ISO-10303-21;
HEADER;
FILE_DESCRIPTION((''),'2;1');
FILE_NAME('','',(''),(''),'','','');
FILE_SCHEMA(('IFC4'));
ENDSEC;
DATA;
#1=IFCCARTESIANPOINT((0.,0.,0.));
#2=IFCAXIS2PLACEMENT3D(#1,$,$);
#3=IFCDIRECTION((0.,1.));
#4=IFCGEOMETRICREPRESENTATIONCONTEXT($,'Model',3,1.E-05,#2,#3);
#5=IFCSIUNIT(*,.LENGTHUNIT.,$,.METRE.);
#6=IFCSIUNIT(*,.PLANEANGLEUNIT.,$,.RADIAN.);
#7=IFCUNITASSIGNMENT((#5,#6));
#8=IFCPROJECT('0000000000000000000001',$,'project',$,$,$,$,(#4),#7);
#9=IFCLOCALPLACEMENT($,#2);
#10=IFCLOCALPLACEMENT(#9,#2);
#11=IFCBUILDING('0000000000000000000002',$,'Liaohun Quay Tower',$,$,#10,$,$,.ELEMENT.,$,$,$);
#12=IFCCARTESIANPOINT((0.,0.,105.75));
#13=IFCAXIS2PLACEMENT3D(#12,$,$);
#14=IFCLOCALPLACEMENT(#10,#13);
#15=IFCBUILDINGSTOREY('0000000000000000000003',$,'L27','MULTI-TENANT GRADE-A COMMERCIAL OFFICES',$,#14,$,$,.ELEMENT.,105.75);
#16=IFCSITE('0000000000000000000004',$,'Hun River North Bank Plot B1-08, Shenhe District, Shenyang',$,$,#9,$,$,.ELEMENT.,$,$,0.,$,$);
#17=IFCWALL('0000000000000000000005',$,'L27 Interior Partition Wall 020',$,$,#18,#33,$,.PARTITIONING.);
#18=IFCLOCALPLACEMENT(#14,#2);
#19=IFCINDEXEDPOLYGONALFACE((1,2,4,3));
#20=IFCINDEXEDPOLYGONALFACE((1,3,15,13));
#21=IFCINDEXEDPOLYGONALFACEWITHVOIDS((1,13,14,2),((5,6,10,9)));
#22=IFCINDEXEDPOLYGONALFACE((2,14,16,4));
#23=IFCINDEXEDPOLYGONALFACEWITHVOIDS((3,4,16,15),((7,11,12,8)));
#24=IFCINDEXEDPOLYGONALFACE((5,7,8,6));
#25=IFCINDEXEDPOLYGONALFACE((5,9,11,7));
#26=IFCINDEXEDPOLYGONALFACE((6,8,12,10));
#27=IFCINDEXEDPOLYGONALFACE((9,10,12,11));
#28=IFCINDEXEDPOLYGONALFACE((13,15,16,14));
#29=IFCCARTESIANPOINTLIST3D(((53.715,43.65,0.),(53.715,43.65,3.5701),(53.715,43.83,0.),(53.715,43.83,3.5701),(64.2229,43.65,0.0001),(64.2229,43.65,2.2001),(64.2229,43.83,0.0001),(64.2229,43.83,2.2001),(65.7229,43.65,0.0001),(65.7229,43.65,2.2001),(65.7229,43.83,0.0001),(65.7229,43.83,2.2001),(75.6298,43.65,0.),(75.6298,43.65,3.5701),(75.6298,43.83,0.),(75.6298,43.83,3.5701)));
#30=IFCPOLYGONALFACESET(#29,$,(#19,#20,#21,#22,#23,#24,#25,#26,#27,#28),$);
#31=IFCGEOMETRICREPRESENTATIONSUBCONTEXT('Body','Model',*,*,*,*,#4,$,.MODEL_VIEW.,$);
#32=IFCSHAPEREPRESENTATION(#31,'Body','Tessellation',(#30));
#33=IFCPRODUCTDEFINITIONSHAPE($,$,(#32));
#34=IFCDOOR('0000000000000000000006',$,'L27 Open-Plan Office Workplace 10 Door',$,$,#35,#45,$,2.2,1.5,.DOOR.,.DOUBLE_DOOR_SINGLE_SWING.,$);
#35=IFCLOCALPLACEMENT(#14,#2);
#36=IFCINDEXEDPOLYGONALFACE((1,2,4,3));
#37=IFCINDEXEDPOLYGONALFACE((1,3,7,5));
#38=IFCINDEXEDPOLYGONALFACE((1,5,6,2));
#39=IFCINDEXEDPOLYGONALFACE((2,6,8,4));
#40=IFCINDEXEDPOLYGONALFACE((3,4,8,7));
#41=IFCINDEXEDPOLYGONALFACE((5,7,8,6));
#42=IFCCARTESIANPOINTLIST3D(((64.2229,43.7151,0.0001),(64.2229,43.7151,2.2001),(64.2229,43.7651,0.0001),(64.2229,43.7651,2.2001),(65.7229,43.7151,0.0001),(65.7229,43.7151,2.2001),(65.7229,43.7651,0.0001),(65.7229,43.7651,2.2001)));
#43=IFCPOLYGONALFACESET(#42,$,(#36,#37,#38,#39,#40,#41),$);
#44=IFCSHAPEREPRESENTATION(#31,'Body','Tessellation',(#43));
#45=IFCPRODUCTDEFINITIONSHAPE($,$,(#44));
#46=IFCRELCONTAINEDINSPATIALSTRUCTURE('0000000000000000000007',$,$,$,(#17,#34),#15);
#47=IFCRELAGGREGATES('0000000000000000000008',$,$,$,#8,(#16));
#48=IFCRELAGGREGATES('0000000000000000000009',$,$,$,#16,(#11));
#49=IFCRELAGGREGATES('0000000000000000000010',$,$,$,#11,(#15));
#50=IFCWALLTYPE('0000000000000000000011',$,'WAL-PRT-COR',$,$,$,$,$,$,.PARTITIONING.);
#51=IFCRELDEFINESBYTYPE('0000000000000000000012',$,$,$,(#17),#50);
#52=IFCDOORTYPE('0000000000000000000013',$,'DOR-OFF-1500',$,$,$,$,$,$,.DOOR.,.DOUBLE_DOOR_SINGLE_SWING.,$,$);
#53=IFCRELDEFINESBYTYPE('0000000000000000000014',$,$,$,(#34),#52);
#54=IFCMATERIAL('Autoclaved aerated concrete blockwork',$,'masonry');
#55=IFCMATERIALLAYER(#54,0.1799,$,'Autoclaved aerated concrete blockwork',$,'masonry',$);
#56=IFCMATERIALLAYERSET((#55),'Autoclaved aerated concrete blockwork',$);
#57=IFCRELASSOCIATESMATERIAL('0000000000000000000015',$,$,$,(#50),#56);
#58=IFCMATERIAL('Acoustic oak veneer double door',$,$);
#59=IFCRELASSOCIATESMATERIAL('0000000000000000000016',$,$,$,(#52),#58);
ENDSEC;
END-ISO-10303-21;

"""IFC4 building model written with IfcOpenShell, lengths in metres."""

from ifc_helpers import new_model, si_unit, direction, frame, frame_2d, origin, place, context, subcontext, project, spatial, rectangle, extrude, source, transform, mapped, material, layer, layer_set, type_object, element, fill, save


model = new_model("IFC4")

# Units and contexts
model_context = context("Model", 3, precision=1e-05, world=origin(), true_north=direction((0.0, 1.0)))
body_context = subcontext(model_context, "Body", "Model", "MODEL_VIEW")
ifc_project = project(units=[si_unit("LENGTHUNIT", "METRE"), si_unit("PLANEANGLEUNIT", "RADIAN")], contexts=[model_context])

# Site, building, storey
site_placement = place(None, origin())
site = spatial("IfcSite", under=ifc_project, at=site_placement, Name="Hun River North Bank Plot B1-08, Shenhe District, Shenyang", CompositionType="ELEMENT", RefElevation=0.0)
building_placement = place(site_placement, origin())
building = spatial("IfcBuilding", under=site, at=building_placement, Name="Liaohun Quay Tower", CompositionType="ELEMENT")
storey_placement = place(building_placement, frame((0.0, 0.0, 105.75)))
storey = spatial("IfcBuildingStorey", under=building, at=storey_placement, Name="L27", Description="MULTI-TENANT GRADE-A COMMERCIAL OFFICES", CompositionType="ELEMENT", Elevation=105.75)

# Wall, opening, door
ifc_material_1 = material(Name="Autoclaved aerated concrete blockwork", Category="masonry")
ifc_layer_1 = layer(ifc_material_1, 0.1799, Name="Autoclaved aerated concrete blockwork", Category="masonry")
ifc_layer_set_1 = layer_set([ifc_layer_1], Name="Autoclaved aerated concrete blockwork")
wall_type_1 = type_object("IfcWallType", Name="WAL-PRT-COR", PredefinedType="PARTITIONING", material=ifc_layer_set_1)
wall_1_placement = place(storey_placement, frame((75.6299, 43.74, 0.0), z_axis=(0.0, 0.0, 1.0), x_axis=(-1.0, 0.0, 0.0)))
wall_1 = element("IfcWall", 1, at=wall_1_placement, inside=storey, type_object=wall_type_1, Name="L27 Interior Partition Wall 020", PredefinedType="PARTITIONING", context=body_context, shape_type="SweptSolid", body=[
    extrude(rectangle(XDim=21.9148, YDim=0.1799, at=frame_2d((10.9575, 0.0))), origin(), (0.0, 0.0, 1.0), 3.5701),
])
shared_shape_1 = source(origin(), body_context, "Body", "SweptSolid", [
    extrude(rectangle(XDim=1.5, YDim=2.2, at=frame_2d((0.75, 1.1001))), frame((0.0, 0.0999, 0.0), z_axis=(0.0, -1.0, 0.0), x_axis=(1.0, 0.0, 0.0)), (0.0, 0.0, 1.0), 0.2),
])
opening_1_placement = place(wall_1_placement, frame((9.907, 0.0, 0.0)))
opening_1 = element("IfcOpeningElement", 2, at=opening_1_placement, cuts=wall_1, PredefinedType="OPENING", context=body_context, shape_type="MappedRepresentation", body=[
    mapped(shared_shape_1, transform((0.0, 0.0, 0.0), x_axis=(1.0, 0.0, 0.0), y_axis=(0.0, 1.0, 0.0), z_axis=(0.0, 0.0, 1.0), scale=1.0)),
])
ifc_material_2 = material(Name="Acoustic oak veneer double door")
door_type = type_object("IfcDoorType", Name="DOR-OFF-1500", OperationType="DOUBLE_DOOR_SINGLE_SWING", PredefinedType="DOOR", material=ifc_material_2)
shared_shape_2 = source(origin(), body_context, "Body", "SweptSolid", [
    extrude(rectangle(XDim=1.5, YDim=2.2, at=frame_2d((0.75, 1.1001))), frame((0.0, 0.0249, 0.0), z_axis=(0.0, -1.0, 0.0), x_axis=(1.0, 0.0, 0.0)), (0.0, 0.0, 1.0), 0.05),
])
door_placement = place(opening_1_placement, origin())
door = element("IfcDoor", 3, at=door_placement, inside=storey, type_object=door_type, Name="L27 Open-Plan Office Workplace 10 Door", OperationType="DOUBLE_DOOR_SINGLE_SWING", OverallHeight=2.2, OverallWidth=1.5, PredefinedType="DOOR", context=body_context, shape_type="MappedRepresentation", body=[
    mapped(shared_shape_2, transform((0.0, 0.0, 0.0), x_axis=(1.0, 0.0, 0.0), y_axis=(0.0, 1.0, 0.0), z_axis=(0.0, 0.0, 1.0), scale=1.0)),
])
fill(opening_1, door)

save(model, "model.ifc")
